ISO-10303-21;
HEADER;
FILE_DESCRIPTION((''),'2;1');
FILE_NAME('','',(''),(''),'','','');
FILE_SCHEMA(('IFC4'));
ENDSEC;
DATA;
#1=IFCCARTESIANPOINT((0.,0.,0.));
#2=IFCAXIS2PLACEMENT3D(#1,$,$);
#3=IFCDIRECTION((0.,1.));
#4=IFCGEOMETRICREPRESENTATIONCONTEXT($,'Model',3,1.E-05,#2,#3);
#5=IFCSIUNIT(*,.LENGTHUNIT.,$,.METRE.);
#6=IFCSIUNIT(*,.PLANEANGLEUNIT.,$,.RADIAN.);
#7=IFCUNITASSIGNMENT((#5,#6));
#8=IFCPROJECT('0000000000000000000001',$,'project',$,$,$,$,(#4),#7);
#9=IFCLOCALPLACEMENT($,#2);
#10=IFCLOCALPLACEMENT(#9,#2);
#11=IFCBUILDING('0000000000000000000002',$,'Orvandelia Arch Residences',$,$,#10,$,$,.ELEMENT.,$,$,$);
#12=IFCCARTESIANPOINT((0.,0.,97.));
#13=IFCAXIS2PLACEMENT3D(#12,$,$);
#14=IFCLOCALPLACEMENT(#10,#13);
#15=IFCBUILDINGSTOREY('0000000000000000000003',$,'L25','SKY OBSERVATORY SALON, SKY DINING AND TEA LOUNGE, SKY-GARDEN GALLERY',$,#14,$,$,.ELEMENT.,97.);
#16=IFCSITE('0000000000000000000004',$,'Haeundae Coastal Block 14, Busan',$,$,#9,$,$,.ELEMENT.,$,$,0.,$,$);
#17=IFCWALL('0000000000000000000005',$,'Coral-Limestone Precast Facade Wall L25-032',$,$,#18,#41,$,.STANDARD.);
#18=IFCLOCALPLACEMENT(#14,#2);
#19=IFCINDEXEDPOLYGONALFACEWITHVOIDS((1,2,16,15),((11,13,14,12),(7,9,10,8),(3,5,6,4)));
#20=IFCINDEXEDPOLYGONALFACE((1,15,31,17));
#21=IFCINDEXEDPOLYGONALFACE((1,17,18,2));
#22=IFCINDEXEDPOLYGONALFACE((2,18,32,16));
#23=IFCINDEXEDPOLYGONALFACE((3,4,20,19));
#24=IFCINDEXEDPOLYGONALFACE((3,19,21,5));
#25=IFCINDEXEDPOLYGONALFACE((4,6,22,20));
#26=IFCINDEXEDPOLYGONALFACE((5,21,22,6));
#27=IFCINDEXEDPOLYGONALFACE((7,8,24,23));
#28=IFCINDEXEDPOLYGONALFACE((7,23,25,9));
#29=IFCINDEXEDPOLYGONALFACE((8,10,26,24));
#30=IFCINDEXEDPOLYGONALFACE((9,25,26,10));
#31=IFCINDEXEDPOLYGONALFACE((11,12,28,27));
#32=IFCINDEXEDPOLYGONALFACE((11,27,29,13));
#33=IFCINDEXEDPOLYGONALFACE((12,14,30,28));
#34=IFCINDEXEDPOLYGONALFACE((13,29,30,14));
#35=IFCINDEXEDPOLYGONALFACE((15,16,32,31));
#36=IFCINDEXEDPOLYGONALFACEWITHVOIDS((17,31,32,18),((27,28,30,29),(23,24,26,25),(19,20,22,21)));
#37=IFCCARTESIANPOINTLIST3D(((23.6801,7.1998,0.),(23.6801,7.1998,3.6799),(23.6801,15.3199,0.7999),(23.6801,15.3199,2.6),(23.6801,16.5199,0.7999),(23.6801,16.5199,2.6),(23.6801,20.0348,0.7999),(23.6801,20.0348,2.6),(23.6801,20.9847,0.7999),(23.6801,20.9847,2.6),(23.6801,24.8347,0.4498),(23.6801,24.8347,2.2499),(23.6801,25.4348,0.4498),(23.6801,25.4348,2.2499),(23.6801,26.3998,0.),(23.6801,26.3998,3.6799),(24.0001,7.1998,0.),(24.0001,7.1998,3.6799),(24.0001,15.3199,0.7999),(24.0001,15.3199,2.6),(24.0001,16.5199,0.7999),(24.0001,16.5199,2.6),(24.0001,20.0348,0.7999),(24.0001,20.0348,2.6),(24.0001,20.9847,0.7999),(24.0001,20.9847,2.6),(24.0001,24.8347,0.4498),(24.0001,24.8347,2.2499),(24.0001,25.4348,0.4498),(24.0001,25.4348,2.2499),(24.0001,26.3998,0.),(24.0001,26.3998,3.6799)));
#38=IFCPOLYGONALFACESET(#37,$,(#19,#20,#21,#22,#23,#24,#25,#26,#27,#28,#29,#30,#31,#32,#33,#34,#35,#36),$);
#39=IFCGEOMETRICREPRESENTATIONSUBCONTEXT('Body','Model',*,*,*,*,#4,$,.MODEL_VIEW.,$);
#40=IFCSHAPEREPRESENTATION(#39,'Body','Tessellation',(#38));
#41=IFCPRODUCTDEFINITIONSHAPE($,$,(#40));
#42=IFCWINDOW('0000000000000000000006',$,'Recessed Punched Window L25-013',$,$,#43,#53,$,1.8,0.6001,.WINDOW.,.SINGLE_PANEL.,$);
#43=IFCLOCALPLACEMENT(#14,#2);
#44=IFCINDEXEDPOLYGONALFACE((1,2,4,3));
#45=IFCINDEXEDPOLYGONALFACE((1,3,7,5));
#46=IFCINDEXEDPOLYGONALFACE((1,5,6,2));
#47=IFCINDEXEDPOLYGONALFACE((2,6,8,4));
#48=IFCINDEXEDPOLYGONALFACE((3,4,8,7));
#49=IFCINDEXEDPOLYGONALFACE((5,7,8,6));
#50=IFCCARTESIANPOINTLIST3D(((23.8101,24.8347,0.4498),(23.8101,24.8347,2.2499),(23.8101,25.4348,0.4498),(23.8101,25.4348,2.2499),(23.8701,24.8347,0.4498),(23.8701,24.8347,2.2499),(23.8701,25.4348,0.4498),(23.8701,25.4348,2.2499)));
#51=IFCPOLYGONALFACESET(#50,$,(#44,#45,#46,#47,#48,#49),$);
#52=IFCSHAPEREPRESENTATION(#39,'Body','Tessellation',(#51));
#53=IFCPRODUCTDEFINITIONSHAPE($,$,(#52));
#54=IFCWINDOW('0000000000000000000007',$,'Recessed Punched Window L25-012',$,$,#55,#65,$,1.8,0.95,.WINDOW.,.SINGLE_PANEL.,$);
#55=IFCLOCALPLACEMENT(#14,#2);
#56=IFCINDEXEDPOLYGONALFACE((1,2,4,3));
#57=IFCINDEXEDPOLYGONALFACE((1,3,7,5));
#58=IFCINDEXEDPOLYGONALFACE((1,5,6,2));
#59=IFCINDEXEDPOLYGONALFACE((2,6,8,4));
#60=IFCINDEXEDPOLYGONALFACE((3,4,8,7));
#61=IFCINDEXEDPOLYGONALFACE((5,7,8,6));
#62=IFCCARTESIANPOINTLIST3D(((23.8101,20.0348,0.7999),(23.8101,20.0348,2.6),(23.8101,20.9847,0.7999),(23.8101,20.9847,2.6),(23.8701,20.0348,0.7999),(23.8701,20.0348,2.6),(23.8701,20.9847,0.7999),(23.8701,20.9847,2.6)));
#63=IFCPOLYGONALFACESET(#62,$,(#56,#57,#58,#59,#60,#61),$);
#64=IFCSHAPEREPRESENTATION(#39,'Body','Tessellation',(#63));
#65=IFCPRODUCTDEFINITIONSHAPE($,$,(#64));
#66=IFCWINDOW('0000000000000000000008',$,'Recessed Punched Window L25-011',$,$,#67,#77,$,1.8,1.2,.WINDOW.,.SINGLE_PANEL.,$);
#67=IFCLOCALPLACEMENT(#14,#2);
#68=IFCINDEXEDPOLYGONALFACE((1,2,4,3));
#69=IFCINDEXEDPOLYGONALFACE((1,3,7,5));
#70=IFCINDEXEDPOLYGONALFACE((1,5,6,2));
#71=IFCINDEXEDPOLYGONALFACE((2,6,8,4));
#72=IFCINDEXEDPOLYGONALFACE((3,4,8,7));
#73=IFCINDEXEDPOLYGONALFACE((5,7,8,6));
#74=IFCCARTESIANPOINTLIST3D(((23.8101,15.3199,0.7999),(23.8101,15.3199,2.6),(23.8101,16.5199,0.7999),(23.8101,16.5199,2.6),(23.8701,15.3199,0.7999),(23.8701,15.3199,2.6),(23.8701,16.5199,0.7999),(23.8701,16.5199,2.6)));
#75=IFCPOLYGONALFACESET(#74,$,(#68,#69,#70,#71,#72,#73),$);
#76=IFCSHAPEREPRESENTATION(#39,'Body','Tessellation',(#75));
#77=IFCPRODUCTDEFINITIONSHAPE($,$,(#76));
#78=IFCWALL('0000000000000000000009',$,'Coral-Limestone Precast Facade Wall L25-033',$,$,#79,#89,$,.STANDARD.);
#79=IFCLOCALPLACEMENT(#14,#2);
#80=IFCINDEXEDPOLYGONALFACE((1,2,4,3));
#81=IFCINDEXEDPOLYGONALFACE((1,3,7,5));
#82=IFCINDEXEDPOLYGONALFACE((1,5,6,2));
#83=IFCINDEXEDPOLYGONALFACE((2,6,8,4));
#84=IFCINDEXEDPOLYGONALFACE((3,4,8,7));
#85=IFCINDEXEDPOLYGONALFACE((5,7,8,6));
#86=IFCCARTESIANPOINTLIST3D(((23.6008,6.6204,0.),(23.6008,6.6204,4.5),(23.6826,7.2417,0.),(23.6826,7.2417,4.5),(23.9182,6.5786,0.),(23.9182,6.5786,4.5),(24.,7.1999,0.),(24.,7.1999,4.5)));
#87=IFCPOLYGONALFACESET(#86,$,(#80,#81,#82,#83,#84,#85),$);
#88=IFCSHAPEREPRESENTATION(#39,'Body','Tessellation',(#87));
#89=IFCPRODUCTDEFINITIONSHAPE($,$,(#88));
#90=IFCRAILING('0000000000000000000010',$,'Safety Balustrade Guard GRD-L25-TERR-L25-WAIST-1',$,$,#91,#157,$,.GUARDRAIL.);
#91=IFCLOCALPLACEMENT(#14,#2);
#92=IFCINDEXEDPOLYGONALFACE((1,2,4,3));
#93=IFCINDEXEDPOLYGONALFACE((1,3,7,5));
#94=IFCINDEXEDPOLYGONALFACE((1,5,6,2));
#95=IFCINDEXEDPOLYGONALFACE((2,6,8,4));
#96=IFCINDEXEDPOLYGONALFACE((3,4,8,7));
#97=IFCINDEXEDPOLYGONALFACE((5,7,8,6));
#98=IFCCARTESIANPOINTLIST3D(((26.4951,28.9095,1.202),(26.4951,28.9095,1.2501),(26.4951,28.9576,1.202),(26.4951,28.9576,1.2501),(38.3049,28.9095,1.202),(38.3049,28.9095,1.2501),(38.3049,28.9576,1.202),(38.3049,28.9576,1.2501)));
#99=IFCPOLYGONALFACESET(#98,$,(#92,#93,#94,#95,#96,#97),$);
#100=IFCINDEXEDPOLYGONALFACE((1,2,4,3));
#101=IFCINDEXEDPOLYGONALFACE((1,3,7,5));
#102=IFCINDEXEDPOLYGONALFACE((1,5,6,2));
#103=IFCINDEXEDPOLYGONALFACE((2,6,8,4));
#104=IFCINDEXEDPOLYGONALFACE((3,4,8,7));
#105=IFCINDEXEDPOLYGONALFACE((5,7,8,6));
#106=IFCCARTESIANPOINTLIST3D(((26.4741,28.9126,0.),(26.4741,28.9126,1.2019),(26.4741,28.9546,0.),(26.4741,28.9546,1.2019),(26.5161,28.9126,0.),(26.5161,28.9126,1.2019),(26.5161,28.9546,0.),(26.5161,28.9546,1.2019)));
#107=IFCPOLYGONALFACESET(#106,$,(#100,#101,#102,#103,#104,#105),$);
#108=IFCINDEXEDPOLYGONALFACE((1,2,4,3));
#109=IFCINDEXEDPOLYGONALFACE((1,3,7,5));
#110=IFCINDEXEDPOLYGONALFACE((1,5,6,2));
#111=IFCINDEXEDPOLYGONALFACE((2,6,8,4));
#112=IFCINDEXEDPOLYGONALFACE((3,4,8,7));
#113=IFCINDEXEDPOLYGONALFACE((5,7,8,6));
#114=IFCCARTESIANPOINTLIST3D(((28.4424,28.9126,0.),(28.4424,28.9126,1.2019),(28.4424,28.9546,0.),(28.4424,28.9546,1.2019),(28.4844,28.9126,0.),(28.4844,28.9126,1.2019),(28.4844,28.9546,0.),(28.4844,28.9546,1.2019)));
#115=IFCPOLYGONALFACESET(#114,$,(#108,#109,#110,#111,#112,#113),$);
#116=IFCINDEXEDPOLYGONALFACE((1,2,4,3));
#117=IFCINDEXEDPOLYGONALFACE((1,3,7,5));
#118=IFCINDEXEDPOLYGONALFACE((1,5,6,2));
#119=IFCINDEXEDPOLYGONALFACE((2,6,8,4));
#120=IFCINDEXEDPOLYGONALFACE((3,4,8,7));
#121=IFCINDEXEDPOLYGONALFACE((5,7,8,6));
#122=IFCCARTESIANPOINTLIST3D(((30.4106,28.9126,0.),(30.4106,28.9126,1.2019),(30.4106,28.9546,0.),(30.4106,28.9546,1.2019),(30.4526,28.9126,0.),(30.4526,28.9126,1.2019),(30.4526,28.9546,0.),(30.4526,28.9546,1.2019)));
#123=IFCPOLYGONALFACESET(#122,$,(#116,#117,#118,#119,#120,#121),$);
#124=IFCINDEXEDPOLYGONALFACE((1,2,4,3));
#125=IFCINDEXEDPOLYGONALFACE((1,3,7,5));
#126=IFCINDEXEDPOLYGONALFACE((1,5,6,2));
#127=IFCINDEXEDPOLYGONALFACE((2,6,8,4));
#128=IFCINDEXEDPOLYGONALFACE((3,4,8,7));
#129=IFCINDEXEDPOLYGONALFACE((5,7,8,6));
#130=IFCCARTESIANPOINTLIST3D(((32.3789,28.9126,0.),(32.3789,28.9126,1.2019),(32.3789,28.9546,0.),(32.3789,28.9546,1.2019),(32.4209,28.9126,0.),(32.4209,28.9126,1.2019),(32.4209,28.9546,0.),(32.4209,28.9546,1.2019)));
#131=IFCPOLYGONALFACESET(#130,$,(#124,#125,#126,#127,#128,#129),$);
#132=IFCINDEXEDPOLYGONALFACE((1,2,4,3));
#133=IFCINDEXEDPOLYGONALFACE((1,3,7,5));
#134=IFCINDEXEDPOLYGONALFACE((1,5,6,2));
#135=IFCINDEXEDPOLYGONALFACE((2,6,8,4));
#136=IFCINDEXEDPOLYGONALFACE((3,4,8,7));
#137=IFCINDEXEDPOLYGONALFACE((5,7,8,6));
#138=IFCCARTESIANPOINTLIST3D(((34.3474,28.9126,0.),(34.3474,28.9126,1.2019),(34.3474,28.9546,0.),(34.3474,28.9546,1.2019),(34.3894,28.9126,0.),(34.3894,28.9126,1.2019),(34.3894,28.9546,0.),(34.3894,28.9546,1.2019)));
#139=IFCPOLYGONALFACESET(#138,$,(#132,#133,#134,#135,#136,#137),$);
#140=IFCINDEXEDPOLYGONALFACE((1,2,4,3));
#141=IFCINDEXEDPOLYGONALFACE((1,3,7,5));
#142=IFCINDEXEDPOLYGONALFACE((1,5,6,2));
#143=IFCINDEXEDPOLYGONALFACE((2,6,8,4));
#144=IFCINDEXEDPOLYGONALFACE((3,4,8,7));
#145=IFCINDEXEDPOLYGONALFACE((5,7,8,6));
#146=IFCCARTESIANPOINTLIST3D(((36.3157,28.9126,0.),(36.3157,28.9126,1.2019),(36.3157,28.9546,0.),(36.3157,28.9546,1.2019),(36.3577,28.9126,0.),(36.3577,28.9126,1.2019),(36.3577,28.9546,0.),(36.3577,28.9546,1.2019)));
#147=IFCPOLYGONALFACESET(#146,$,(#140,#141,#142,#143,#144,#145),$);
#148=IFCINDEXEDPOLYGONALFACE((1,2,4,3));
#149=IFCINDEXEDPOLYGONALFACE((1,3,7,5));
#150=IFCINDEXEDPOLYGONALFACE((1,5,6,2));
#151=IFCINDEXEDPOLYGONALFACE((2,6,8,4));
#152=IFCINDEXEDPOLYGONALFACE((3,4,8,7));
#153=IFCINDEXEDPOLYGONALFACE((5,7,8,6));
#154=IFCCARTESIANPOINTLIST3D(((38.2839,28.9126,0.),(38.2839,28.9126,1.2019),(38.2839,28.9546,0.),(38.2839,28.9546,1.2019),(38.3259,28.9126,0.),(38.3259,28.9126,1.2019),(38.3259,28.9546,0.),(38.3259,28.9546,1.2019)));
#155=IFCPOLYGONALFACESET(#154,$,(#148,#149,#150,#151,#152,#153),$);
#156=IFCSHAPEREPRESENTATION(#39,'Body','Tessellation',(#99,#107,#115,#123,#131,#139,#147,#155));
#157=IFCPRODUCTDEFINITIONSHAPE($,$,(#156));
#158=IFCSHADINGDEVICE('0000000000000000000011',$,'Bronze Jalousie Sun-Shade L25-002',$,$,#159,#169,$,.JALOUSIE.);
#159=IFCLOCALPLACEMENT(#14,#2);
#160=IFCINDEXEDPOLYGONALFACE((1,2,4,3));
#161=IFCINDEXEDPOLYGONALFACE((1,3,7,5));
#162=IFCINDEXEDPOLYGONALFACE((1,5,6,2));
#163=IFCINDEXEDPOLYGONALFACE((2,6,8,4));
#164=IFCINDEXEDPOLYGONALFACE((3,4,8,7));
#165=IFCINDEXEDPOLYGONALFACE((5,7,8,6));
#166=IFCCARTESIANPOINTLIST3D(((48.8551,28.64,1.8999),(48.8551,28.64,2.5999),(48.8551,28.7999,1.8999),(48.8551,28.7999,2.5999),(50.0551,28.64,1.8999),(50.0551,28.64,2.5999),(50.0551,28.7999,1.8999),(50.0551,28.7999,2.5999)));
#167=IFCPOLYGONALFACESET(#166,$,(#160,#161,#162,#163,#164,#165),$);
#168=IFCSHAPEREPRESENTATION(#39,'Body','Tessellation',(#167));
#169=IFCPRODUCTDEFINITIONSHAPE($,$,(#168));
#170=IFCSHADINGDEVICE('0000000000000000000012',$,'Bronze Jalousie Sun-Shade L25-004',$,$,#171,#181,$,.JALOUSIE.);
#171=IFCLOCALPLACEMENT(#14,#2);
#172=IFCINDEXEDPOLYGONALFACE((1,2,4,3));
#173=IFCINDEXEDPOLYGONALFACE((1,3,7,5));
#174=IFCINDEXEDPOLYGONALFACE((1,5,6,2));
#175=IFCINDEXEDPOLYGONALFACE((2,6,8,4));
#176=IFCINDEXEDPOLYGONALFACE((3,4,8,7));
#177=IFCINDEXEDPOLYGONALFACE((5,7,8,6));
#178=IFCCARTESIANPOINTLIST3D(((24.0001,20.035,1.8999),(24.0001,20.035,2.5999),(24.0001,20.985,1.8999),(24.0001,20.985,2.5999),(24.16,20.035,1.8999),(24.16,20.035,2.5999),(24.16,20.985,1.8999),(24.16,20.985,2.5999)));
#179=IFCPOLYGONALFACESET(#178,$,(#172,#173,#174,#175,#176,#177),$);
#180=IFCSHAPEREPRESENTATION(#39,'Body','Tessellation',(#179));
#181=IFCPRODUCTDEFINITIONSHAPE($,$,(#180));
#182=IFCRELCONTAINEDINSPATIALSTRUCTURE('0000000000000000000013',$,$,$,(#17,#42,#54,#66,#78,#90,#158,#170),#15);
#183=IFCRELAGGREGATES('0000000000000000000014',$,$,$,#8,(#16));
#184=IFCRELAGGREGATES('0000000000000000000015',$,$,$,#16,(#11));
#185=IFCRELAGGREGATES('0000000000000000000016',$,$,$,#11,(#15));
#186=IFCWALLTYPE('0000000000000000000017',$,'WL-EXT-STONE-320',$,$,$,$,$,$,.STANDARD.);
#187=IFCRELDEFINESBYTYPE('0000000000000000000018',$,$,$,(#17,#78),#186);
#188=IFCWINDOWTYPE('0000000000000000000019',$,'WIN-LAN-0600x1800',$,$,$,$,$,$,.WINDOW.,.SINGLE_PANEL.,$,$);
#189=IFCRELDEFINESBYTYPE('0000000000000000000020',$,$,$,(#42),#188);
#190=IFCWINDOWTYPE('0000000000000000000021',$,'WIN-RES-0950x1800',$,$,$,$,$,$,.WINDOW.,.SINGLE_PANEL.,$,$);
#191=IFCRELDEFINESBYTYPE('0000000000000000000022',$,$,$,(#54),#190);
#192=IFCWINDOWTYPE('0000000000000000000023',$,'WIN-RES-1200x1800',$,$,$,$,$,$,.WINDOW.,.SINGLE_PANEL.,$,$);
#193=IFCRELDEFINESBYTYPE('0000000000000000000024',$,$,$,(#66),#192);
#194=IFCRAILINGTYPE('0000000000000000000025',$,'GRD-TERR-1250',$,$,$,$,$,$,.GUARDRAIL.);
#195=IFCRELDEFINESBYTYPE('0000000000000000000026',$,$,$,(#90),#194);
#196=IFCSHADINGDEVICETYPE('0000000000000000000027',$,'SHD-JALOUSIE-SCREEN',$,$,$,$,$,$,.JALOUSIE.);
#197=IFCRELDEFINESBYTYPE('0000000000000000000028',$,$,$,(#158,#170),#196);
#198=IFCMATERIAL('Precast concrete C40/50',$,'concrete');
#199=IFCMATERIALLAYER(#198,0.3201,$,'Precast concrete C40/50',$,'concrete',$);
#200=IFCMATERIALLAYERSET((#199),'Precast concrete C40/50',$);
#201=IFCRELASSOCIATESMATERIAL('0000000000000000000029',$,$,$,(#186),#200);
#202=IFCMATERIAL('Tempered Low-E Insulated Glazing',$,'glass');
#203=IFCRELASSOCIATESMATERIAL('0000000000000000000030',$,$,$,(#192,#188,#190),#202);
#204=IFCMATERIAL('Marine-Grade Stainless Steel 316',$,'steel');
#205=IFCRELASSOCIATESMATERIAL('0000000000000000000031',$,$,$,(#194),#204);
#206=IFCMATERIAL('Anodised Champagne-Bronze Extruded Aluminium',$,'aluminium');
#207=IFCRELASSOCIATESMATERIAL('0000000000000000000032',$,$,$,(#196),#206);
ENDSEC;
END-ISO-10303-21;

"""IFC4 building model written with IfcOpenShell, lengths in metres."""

from ifc_helpers import new_model, si_unit, direction, frame, frame_2d, origin, origin_2d, place, context, subcontext, project, spatial, rectangle, extrude, material, layer, layer_set, type_object, element, fill, save


model = new_model("IFC4")

# Units and contexts
model_context = context("Model", 3, precision=1e-05, world=origin(), true_north=direction((0.0, 1.0)))
body_context = subcontext(model_context, "Body", "Model", "MODEL_VIEW")
ifc_project = project(units=[si_unit("LENGTHUNIT", "METRE"), si_unit("PLANEANGLEUNIT", "RADIAN")], contexts=[model_context])

# Site, building, storey
site_placement = place(None, origin())
site = spatial("IfcSite", under=ifc_project, at=site_placement, Name="Haeundae Coastal Block 14, Busan", CompositionType="ELEMENT", RefElevation=0.0)
building_placement = place(site_placement, origin())
building = spatial("IfcBuilding", under=site, at=building_placement, Name="Orvandelia Arch Residences", CompositionType="ELEMENT")
storey_placement = place(building_placement, frame((0.0, 0.0, 97.0)))
storey = spatial("IfcBuildingStorey", under=building, at=storey_placement, Name="L25", Description="SKY OBSERVATORY SALON, SKY DINING AND TEA LOUNGE, SKY-GARDEN GALLERY", CompositionType="ELEMENT", Elevation=97.0)

# Shared definitions
ifc_material_1 = material(Name="Precast concrete C40/50", Category="concrete")
ifc_layer_1 = layer(ifc_material_1, 0.3201, Name="Precast concrete C40/50", Category="concrete")
ifc_layer_set_1 = layer_set([ifc_layer_1], Name="Precast concrete C40/50")
wall_type_1 = type_object("IfcWallType", Name="WL-EXT-STONE-320", PredefinedType="STANDARD", material=ifc_layer_set_1)

# Shared definitions
ifc_material_2 = material(Name="Tempered Low-E Insulated Glazing", Category="glass")
window_type_1 = type_object("IfcWindowType", Name="WIN-RES-1200x1800", PartitioningType="SINGLE_PANEL", PredefinedType="WINDOW", material=ifc_material_2)

# Wall, openings, windows
wall_1_placement = place(storey_placement, frame((23.8401, 26.3999, 0.0), z_axis=(0.0, 0.0, 1.0), x_axis=(0.0, -1.0, 0.0)))
wall_1 = element("IfcWall", 1, at=wall_1_placement, inside=storey, type_object=wall_type_1, Name="Coral-Limestone Precast Facade Wall L25-032", PredefinedType="STANDARD", context=body_context, shape_type="SweptSolid", body=[
    extrude(rectangle(XDim=19.2, YDim=0.3201, at=frame_2d((9.6001, 0.0))), origin(), (0.0, 0.0, 1.0), 3.6799),
])
opening_1_placement = place(wall_1_placement, frame((9.8799, 0.0, 0.8)))
opening_1 = element("IfcOpeningElement", 2, at=opening_1_placement, cuts=wall_1, PredefinedType="OPENING", context=body_context, shape_type="SweptSolid", body=[
    extrude(rectangle(XDim=1.2, YDim=1.8, at=frame_2d((0.6001, 0.8999))), frame((0.0, 0.1699, 0.0), z_axis=(0.0, -1.0, 0.0), x_axis=(1.0, 0.0, 0.0)), (0.0, 0.0, 1.0), 0.3401),
])
opening_2_placement = place(wall_1_placement, frame((5.415, 0.0, 0.8)))
opening_2 = element("IfcOpeningElement", 3, at=opening_2_placement, cuts=wall_1, PredefinedType="OPENING", context=body_context, shape_type="SweptSolid", body=[
    extrude(rectangle(XDim=0.95, YDim=1.8, at=frame_2d((0.4751, 0.8999))), frame((0.0, 0.1699, 0.0), z_axis=(0.0, -1.0, 0.0), x_axis=(1.0, 0.0, 0.0)), (0.0, 0.0, 1.0), 0.3401),
])
opening_3_placement = place(wall_1_placement, frame((0.9651, 0.0, 0.45)))
opening_3 = element("IfcOpeningElement", 4, at=opening_3_placement, cuts=wall_1, PredefinedType="OPENING", context=body_context, shape_type="SweptSolid", body=[
    extrude(rectangle(XDim=0.6001, YDim=1.8, at=frame_2d((0.3, 0.8999))), frame((0.0, 0.1699, 0.0), z_axis=(0.0, -1.0, 0.0), x_axis=(1.0, 0.0, 0.0)), (0.0, 0.0, 1.0), 0.3401),
])
window_type_2 = type_object("IfcWindowType", Name="WIN-LAN-0600x1800", PartitioningType="SINGLE_PANEL", PredefinedType="WINDOW", material=ifc_material_2)
window_1_placement = place(opening_3_placement, origin())
window_1 = element("IfcWindow", 5, at=window_1_placement, inside=storey, type_object=window_type_2, Name="Recessed Punched Window L25-013", OverallHeight=1.8, OverallWidth=0.6001, PartitioningType="SINGLE_PANEL", PredefinedType="WINDOW", context=body_context, shape_type="SweptSolid", body=[
    extrude(rectangle(XDim=0.6001, YDim=1.8, at=frame_2d((0.3, 0.8999))), frame((0.0, 0.03, 0.0), z_axis=(0.0, -1.0, 0.0), x_axis=(1.0, 0.0, 0.0)), (0.0, 0.0, 1.0), 0.0601),
])
fill(opening_3, window_1)
window_type_3 = type_object("IfcWindowType", Name="WIN-RES-0950x1800", PartitioningType="SINGLE_PANEL", PredefinedType="WINDOW", material=ifc_material_2)
window_2_placement = place(opening_2_placement, origin())
window_2 = element("IfcWindow", 6, at=window_2_placement, inside=storey, type_object=window_type_3, Name="Recessed Punched Window L25-012", OverallHeight=1.8, OverallWidth=0.95, PartitioningType="SINGLE_PANEL", PredefinedType="WINDOW", context=body_context, shape_type="SweptSolid", body=[
    extrude(rectangle(XDim=0.95, YDim=1.8, at=frame_2d((0.4751, 0.8999))), frame((0.0, 0.03, 0.0), z_axis=(0.0, -1.0, 0.0), x_axis=(1.0, 0.0, 0.0)), (0.0, 0.0, 1.0), 0.0601),
])
fill(opening_2, window_2)
window_3_placement = place(opening_1_placement, origin())
window_3 = element("IfcWindow", 7, at=window_3_placement, inside=storey, type_object=window_type_1, Name="Recessed Punched Window L25-011", OverallHeight=1.8, OverallWidth=1.2, PartitioningType="SINGLE_PANEL", PredefinedType="WINDOW", context=body_context, shape_type="SweptSolid", body=[
    extrude(rectangle(XDim=1.2, YDim=1.8, at=frame_2d((0.6001, 0.8999))), frame((0.0, 0.03, 0.0), z_axis=(0.0, -1.0, 0.0), x_axis=(1.0, 0.0, 0.0)), (0.0, 0.0, 1.0), 0.0601),
])
fill(opening_1, window_3)

# Wall
wall_2_placement = place(storey_placement, frame((23.8413, 7.2209, 0.0), z_axis=(0.0, 0.0, 1.0), x_axis=(-0.130505, -0.991448, 0.0)))
element("IfcWall", 8, at=wall_2_placement, inside=storey, type_object=wall_type_1, Name="Coral-Limestone Precast Facade Wall L25-033", PredefinedType="STANDARD", context=body_context, shape_type="SweptSolid", body=[
    extrude(rectangle(XDim=0.6267, YDim=0.3201, at=frame_2d((0.3135, 0.0))), origin(), (0.0, 0.0, 1.0), 4.5),
])

# Railing
ifc_material_3 = material(Name="Marine-Grade Stainless Steel 316", Category="steel")
railing_type = type_object("IfcRailingType", Name="GRD-TERR-1250", PredefinedType="GUARDRAIL", material=ifc_material_3)
railing_placement = place(storey_placement, frame((26.4951, 28.9336, 0.0)))
element("IfcRailing", 9, at=railing_placement, inside=storey, type_object=railing_type, Name="Safety Balustrade Guard GRD-L25-TERR-L25-WAIST-1", PredefinedType="GUARDRAIL", context=body_context, shape_type="SweptSolid", body=[
    extrude(rectangle(XDim=0.0481, YDim=0.0481, at=origin_2d()), frame((0.0, 0.0, 1.2261), z_axis=(1.0, 0.0, 0.0), x_axis=(0.0, 1.0, 0.0)), (0.0, 0.0, 1.0), 11.8098),
    extrude(rectangle(XDim=0.042, YDim=0.042, at=origin_2d()), origin(), (0.0, 0.0, 1.0), 1.2019),
    extrude(rectangle(XDim=0.042, YDim=0.042, at=origin_2d()), frame((1.9683, 0.0, 0.0)), (0.0, 0.0, 1.0), 1.2019),
    extrude(rectangle(XDim=0.042, YDim=0.042, at=origin_2d()), frame((3.9365, 0.0, 0.0)), (0.0, 0.0, 1.0), 1.2019),
    extrude(rectangle(XDim=0.042, YDim=0.042, at=origin_2d()), frame((5.9048, 0.0, 0.0)), (0.0, 0.0, 1.0), 1.2019),
    extrude(rectangle(XDim=0.042, YDim=0.042, at=origin_2d()), frame((7.8733, 0.0, 0.0)), (0.0, 0.0, 1.0), 1.2019),
    extrude(rectangle(XDim=0.042, YDim=0.042, at=origin_2d()), frame((9.8416, 0.0, 0.0)), (0.0, 0.0, 1.0), 1.2019),
    extrude(rectangle(XDim=0.042, YDim=0.042, at=origin_2d()), frame((11.8098, 0.0, 0.0)), (0.0, 0.0, 1.0), 1.2019),
])

# Shading devices
ifc_material_4 = material(Name="Anodised Champagne-Bronze Extruded Aluminium", Category="aluminium")
shading_device_type = type_object("IfcShadingDeviceType", Name="SHD-JALOUSIE-SCREEN", PredefinedType="JALOUSIE", material=ifc_material_4)
shading_device_1_placement = place(storey_placement, frame((49.4551, 28.72, 1.8999), z_axis=(0.0, 0.0, 1.0), x_axis=(-1.0, 0.0, 0.0)))
element("IfcShadingDevice", 10, at=shading_device_1_placement, inside=storey, type_object=shading_device_type, Name="Bronze Jalousie Sun-Shade L25-002", PredefinedType="JALOUSIE", context=body_context, shape_type="SweptSolid", body=[
    extrude(rectangle(XDim=1.2, YDim=0.1599, at=origin_2d()), origin(), (0.0, 0.0, 1.0), 0.7),
])
shading_device_2_placement = place(storey_placement, frame((24.0801, 20.51, 1.8999), z_axis=(0.0, 0.0, 1.0), x_axis=(0.0, -1.0, 0.0)))
element("IfcShadingDevice", 11, at=shading_device_2_placement, inside=storey, type_object=shading_device_type, Name="Bronze Jalousie Sun-Shade L25-004", PredefinedType="JALOUSIE", context=body_context, shape_type="SweptSolid", body=[
    extrude(rectangle(XDim=0.95, YDim=0.1599, at=origin_2d()), origin(), (0.0, 0.0, 1.0), 0.7),
])

save(model, "model.ifc")
